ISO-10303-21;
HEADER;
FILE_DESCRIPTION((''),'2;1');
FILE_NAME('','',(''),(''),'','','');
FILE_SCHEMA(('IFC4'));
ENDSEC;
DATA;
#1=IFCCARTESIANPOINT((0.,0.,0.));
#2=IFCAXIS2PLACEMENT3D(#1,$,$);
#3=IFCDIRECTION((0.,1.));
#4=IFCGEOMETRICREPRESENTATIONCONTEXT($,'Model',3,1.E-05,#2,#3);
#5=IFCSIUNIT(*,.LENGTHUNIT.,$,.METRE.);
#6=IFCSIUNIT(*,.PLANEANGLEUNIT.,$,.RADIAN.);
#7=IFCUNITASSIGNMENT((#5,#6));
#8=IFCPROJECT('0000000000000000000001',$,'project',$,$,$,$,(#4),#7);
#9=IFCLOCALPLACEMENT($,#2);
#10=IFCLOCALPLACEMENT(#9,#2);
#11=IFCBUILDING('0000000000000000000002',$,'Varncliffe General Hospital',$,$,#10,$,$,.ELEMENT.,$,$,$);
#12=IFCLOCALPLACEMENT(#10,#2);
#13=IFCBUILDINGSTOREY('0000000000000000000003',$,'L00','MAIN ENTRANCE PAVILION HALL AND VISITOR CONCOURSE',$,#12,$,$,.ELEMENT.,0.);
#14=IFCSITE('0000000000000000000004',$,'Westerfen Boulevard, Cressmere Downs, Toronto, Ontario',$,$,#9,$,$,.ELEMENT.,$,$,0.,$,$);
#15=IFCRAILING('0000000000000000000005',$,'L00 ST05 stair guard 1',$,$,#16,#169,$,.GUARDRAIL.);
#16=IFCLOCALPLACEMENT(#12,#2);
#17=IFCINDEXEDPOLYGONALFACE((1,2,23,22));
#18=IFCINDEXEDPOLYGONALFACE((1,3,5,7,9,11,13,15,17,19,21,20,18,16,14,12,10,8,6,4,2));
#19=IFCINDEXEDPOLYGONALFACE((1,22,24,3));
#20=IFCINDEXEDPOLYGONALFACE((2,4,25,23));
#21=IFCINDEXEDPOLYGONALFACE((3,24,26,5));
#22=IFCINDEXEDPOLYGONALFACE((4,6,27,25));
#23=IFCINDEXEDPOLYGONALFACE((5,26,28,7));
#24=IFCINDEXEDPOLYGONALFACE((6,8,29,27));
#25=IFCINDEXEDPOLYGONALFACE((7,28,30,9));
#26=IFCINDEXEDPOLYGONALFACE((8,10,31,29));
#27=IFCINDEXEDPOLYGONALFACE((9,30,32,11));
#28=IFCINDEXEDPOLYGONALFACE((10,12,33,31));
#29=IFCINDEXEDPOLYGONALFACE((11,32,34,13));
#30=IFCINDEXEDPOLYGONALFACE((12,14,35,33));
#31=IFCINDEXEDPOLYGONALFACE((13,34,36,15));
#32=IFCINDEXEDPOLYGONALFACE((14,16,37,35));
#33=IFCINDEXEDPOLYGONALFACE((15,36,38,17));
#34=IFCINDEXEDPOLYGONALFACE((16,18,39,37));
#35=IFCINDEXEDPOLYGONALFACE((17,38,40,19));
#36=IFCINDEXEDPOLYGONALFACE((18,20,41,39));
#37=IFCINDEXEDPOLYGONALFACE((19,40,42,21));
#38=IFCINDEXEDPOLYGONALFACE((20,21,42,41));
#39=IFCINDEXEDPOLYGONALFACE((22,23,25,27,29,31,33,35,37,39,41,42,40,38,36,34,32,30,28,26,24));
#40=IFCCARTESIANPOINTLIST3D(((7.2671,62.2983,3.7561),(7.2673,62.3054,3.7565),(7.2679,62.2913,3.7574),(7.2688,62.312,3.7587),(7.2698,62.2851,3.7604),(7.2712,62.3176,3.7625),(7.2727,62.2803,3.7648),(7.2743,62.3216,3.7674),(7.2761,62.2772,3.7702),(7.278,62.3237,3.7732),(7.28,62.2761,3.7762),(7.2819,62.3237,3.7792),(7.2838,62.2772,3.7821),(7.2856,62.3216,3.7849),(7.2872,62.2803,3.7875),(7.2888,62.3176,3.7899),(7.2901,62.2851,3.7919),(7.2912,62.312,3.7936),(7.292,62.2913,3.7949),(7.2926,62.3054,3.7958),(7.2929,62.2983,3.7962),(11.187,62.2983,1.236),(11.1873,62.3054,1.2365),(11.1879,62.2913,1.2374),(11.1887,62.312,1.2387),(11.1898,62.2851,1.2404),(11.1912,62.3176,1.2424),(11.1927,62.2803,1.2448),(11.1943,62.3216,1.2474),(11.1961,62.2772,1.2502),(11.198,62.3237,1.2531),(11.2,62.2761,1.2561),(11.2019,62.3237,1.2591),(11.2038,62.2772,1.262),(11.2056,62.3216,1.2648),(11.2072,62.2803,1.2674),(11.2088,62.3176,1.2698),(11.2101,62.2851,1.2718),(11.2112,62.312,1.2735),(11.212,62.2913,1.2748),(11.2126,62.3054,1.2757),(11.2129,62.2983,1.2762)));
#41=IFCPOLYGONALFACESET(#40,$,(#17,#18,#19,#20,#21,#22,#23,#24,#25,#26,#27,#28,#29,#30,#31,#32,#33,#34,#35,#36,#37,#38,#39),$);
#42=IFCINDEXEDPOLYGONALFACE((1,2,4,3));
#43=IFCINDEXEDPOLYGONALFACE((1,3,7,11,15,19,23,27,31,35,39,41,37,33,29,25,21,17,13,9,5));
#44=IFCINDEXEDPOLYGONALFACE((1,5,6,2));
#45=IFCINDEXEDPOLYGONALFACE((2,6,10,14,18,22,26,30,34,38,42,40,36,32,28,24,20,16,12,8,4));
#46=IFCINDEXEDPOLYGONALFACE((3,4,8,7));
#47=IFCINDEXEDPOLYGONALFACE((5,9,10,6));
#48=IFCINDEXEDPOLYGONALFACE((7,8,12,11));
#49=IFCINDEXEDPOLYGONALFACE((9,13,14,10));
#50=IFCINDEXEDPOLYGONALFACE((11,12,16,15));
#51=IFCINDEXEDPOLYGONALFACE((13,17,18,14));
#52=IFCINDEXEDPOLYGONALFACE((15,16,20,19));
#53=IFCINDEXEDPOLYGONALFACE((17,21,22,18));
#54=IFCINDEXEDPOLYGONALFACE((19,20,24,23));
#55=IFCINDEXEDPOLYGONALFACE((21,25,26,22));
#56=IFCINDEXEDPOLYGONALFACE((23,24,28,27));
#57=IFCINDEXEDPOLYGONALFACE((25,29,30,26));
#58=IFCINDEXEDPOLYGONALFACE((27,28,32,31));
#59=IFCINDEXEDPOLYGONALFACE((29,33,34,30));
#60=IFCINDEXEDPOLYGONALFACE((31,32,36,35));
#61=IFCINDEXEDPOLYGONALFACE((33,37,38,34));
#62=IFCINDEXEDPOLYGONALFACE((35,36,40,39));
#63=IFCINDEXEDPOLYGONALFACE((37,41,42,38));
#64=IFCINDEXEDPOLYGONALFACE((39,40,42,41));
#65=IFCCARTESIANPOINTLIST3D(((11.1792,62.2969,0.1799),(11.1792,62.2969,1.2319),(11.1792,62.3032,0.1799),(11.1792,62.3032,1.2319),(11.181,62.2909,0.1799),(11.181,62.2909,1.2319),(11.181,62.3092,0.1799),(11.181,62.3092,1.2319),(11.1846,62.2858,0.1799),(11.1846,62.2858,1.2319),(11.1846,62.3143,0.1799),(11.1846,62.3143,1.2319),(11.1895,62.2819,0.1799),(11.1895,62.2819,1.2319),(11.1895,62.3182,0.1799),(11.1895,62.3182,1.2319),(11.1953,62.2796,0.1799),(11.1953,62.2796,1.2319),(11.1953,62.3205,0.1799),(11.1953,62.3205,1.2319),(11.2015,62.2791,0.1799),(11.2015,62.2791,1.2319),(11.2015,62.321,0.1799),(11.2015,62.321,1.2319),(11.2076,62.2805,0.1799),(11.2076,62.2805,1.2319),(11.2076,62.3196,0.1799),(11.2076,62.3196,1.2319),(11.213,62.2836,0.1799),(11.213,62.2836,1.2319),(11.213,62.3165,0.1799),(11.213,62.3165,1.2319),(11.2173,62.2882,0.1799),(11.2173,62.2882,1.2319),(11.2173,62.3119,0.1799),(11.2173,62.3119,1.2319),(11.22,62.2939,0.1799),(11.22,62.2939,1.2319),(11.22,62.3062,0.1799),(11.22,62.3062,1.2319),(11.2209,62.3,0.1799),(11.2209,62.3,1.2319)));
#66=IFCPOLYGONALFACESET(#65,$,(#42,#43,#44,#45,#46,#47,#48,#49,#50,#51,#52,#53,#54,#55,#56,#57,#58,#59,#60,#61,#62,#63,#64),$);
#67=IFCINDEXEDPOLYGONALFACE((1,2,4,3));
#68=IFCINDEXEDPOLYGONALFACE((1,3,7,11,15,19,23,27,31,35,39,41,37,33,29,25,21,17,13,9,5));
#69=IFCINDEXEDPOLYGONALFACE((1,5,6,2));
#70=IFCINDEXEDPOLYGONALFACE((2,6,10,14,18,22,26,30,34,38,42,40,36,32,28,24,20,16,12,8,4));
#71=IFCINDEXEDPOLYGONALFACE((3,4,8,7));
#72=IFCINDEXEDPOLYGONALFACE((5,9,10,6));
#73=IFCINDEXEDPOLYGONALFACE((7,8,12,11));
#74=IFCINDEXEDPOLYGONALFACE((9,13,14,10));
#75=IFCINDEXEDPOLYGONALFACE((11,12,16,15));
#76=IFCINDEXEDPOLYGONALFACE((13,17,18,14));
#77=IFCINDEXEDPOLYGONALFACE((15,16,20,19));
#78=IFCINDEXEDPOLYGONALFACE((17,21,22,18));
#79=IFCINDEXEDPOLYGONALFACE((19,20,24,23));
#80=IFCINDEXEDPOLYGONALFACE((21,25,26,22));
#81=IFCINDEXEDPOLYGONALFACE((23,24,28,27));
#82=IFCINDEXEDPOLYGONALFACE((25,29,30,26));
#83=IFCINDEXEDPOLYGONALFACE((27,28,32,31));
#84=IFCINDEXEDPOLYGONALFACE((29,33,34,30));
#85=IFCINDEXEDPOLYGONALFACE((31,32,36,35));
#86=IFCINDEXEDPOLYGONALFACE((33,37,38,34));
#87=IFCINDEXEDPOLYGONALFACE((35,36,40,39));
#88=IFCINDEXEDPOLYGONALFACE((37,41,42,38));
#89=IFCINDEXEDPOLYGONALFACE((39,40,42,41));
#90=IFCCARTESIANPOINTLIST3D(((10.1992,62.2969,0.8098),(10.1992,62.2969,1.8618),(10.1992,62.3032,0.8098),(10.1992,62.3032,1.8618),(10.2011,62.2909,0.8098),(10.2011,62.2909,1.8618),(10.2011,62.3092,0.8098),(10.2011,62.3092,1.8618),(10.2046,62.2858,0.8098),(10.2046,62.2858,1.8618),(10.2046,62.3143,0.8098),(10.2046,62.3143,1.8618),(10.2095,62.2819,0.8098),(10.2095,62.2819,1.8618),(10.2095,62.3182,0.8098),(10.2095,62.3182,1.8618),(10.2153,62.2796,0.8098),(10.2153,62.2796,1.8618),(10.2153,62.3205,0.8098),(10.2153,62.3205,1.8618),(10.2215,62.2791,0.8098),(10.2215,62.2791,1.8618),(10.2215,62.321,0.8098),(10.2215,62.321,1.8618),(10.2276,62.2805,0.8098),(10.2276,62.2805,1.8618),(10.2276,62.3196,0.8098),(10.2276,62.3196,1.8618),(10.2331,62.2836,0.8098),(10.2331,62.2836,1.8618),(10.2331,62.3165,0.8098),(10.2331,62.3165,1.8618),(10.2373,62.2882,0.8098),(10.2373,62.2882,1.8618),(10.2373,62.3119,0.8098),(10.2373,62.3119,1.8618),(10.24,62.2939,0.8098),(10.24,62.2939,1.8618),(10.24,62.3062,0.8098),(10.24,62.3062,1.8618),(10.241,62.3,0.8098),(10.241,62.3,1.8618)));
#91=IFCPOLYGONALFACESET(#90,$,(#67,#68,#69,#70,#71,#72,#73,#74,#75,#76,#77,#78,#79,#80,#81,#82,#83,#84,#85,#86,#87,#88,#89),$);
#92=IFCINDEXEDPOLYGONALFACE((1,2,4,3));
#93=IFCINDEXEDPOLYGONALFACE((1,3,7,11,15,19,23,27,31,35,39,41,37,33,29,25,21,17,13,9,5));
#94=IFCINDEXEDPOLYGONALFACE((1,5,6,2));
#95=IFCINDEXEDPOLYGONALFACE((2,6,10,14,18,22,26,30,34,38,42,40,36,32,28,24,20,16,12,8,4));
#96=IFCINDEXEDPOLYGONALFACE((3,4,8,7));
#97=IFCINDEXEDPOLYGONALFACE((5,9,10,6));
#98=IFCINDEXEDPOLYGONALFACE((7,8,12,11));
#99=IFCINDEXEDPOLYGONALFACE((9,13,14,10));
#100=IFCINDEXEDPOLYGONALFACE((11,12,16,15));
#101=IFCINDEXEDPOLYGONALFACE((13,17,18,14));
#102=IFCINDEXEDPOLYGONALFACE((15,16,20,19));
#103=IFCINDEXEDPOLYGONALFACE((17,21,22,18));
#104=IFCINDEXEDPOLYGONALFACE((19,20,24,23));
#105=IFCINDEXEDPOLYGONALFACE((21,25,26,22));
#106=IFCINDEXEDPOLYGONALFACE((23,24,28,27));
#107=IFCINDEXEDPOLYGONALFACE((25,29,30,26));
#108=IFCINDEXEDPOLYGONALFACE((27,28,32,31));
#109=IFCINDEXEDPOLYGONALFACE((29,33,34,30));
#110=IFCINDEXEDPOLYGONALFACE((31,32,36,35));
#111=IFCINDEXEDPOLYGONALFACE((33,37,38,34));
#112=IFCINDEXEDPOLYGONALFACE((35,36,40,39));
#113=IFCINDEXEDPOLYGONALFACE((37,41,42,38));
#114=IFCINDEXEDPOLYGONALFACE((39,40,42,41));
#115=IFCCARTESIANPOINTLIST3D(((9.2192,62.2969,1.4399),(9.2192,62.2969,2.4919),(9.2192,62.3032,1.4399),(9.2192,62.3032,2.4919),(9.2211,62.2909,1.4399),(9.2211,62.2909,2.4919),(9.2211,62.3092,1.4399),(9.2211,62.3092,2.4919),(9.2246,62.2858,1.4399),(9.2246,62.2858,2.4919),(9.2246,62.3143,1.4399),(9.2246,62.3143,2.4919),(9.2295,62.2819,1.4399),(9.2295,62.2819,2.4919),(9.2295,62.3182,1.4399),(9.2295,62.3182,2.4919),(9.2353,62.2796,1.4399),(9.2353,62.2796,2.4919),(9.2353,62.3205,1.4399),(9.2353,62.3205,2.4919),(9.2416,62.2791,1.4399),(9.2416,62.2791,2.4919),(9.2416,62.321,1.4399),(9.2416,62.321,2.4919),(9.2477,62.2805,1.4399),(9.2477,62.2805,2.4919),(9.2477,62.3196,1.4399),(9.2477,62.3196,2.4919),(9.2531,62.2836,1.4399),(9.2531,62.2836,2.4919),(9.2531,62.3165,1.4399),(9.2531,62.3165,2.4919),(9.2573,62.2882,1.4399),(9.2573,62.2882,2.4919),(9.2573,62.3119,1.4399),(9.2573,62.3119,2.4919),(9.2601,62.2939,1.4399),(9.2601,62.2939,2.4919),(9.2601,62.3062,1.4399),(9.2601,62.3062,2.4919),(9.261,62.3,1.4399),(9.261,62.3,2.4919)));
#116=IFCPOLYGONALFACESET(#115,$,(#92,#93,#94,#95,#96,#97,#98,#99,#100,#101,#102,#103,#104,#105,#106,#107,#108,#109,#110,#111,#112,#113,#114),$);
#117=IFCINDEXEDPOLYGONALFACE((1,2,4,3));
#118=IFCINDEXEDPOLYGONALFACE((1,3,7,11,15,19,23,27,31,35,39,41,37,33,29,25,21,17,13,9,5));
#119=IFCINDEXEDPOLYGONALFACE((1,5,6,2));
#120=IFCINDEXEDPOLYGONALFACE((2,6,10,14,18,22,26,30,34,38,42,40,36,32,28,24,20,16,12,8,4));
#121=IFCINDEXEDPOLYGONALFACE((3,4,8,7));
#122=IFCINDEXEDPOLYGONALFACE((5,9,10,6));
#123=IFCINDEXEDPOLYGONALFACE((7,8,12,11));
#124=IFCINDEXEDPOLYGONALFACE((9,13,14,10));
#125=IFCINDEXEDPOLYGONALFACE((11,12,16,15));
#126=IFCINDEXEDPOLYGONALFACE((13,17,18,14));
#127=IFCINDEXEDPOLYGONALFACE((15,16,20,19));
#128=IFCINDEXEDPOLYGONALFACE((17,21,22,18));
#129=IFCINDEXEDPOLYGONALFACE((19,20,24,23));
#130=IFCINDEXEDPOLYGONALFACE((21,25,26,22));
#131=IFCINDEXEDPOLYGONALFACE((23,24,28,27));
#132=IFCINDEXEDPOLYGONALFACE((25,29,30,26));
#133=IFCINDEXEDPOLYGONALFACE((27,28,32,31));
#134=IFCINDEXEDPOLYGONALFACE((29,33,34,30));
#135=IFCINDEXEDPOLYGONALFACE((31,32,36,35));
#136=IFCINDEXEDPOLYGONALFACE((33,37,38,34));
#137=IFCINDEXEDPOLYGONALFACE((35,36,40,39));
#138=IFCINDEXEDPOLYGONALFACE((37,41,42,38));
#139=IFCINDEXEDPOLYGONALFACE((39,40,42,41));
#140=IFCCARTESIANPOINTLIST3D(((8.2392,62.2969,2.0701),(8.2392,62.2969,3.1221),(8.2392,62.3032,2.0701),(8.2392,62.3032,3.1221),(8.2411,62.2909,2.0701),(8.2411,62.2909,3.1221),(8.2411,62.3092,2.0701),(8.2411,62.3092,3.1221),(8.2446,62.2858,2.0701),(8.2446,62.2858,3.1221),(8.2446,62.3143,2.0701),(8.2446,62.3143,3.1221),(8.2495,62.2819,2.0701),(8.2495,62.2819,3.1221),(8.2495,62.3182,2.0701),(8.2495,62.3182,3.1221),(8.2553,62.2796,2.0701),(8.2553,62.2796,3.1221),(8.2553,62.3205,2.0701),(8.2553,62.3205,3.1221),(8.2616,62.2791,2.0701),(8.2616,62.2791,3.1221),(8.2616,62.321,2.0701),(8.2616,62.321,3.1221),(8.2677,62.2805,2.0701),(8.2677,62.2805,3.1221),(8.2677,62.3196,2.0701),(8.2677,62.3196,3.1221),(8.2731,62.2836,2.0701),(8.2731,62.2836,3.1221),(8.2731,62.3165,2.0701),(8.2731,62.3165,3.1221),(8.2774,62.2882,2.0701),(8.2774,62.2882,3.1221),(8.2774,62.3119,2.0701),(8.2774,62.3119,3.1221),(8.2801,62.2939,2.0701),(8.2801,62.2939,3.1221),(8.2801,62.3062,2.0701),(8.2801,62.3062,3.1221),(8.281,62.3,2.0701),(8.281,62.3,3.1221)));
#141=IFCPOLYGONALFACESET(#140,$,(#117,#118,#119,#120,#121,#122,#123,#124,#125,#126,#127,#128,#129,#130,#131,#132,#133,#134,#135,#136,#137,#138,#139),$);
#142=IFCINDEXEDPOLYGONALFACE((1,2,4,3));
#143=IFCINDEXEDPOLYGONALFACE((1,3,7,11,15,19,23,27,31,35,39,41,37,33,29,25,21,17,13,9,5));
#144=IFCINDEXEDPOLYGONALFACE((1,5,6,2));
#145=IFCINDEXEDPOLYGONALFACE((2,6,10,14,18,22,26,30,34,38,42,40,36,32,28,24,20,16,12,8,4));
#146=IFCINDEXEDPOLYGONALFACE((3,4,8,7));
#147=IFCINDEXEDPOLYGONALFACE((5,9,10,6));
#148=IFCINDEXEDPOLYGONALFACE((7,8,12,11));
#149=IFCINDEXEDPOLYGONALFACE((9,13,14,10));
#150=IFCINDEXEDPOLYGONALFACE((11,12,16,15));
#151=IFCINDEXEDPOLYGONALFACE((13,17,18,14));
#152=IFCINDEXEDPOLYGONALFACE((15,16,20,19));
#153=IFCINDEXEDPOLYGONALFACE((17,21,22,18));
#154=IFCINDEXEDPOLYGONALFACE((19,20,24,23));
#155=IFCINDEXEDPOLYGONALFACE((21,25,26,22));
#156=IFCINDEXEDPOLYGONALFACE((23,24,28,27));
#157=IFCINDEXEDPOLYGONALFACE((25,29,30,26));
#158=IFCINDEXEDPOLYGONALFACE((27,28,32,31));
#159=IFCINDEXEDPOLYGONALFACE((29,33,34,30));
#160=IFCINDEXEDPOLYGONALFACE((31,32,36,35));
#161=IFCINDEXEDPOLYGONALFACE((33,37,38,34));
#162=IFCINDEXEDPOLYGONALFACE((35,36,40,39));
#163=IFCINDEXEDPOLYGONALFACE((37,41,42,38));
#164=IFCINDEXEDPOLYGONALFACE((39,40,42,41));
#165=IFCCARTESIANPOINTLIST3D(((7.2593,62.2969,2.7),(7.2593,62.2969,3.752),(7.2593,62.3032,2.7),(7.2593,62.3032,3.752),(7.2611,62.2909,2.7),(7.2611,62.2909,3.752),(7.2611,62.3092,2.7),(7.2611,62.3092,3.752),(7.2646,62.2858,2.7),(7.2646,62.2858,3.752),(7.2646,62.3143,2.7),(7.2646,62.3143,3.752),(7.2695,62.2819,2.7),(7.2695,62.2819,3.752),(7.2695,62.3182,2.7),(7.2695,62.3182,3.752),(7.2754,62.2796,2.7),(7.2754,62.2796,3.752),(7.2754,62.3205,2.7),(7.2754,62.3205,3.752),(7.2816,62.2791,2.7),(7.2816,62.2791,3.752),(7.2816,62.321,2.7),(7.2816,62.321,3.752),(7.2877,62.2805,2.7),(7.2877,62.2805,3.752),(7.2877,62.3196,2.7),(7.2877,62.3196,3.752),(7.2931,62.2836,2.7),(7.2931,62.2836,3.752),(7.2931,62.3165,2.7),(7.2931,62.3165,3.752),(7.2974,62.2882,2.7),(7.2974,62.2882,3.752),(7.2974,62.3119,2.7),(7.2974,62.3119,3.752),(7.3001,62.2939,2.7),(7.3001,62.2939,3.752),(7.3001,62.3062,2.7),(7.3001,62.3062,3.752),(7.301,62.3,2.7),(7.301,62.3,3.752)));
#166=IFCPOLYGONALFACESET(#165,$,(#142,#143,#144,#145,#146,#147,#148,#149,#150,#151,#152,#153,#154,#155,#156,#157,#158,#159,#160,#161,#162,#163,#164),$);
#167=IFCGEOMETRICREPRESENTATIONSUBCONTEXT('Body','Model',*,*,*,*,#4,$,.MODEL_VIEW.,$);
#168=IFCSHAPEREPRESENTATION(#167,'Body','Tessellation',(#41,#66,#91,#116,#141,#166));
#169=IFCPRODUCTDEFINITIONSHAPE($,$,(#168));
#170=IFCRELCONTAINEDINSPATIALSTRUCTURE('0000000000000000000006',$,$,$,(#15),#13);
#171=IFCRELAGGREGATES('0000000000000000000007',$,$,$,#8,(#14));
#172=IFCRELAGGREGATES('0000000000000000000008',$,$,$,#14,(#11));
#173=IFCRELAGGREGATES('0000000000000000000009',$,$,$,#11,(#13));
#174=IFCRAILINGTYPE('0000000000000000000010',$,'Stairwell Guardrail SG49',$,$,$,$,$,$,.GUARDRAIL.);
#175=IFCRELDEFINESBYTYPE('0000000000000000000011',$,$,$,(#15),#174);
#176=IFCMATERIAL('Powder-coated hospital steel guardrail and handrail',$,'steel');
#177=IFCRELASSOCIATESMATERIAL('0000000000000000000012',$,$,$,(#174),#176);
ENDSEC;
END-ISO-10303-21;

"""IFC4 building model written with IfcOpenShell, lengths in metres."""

from ifc_helpers import new_model, si_unit, direction, frame, origin, origin_2d, place, context, subcontext, project, spatial, circle, extrude, material, type_object, element, save


model = new_model("IFC4")

# Units and contexts
model_context = context("Model", 3, precision=1e-05, world=origin(), true_north=direction((0.0, 1.0)))
body_context = subcontext(model_context, "Body", "Model", "MODEL_VIEW")
ifc_project = project(units=[si_unit("LENGTHUNIT", "METRE"), si_unit("PLANEANGLEUNIT", "RADIAN")], contexts=[model_context])

# Site, building, storey
site_placement = place(None, origin())
site = spatial("IfcSite", under=ifc_project, at=site_placement, Name="Westerfen Boulevard, Cressmere Downs, Toronto, Ontario", CompositionType="ELEMENT", RefElevation=0.0)
building_placement = place(site_placement, origin())
building = spatial("IfcBuilding", under=site, at=building_placement, Name="Varncliffe General Hospital", CompositionType="ELEMENT")
storey_placement = place(building_placement, origin())
storey = spatial("IfcBuildingStorey", under=building, at=storey_placement, Name="L00", Description="MAIN ENTRANCE PAVILION HALL AND VISITOR CONCOURSE", CompositionType="ELEMENT", Elevation=0.0)

# Railing
ifc_material_1 = material(Name="Powder-coated hospital steel guardrail and handrail", Category="steel")
railing_type_1 = type_object("IfcRailingType", Name="Stairwell Guardrail SG49", PredefinedType="GUARDRAIL", material=ifc_material_1)
railing_1_placement = place(storey_placement, frame((11.2, 62.3, 0.1799)))
element("IfcRailing", 1, at=railing_1_placement, inside=storey, type_object=railing_type_1, Name="L00 ST05 stair guard 1", PredefinedType="GUARDRAIL", context=body_context, shape_type="SweptSolid", body=[
    extrude(circle(Radius=0.0239, at=origin_2d()), frame((0.0, 0.0, 1.0762), z_axis=(-0.841172, 0.0, 0.540768), x_axis=(0.0, -1.0, 0.0)), (0.0, 0.0, 1.0), 4.6602),
    extrude(circle(Radius=0.021, at=origin_2d()), origin(), (0.0, 0.0, 1.0), 1.052),
    extrude(circle(Radius=0.021, at=origin_2d()), frame((-0.98, 0.0, 0.6299)), (0.0, 0.0, 1.0), 1.052),
    extrude(circle(Radius=0.021, at=origin_2d()), frame((-1.96, 0.0, 1.26)), (0.0, 0.0, 1.0), 1.052),
    extrude(circle(Radius=0.021, at=origin_2d()), frame((-2.9399, 0.0, 1.8901)), (0.0, 0.0, 1.0), 1.052),
    extrude(circle(Radius=0.021, at=origin_2d()), frame((-3.9199, 0.0, 2.52)), (0.0, 0.0, 1.0), 1.052),
])

save(model, "model.ifc")
